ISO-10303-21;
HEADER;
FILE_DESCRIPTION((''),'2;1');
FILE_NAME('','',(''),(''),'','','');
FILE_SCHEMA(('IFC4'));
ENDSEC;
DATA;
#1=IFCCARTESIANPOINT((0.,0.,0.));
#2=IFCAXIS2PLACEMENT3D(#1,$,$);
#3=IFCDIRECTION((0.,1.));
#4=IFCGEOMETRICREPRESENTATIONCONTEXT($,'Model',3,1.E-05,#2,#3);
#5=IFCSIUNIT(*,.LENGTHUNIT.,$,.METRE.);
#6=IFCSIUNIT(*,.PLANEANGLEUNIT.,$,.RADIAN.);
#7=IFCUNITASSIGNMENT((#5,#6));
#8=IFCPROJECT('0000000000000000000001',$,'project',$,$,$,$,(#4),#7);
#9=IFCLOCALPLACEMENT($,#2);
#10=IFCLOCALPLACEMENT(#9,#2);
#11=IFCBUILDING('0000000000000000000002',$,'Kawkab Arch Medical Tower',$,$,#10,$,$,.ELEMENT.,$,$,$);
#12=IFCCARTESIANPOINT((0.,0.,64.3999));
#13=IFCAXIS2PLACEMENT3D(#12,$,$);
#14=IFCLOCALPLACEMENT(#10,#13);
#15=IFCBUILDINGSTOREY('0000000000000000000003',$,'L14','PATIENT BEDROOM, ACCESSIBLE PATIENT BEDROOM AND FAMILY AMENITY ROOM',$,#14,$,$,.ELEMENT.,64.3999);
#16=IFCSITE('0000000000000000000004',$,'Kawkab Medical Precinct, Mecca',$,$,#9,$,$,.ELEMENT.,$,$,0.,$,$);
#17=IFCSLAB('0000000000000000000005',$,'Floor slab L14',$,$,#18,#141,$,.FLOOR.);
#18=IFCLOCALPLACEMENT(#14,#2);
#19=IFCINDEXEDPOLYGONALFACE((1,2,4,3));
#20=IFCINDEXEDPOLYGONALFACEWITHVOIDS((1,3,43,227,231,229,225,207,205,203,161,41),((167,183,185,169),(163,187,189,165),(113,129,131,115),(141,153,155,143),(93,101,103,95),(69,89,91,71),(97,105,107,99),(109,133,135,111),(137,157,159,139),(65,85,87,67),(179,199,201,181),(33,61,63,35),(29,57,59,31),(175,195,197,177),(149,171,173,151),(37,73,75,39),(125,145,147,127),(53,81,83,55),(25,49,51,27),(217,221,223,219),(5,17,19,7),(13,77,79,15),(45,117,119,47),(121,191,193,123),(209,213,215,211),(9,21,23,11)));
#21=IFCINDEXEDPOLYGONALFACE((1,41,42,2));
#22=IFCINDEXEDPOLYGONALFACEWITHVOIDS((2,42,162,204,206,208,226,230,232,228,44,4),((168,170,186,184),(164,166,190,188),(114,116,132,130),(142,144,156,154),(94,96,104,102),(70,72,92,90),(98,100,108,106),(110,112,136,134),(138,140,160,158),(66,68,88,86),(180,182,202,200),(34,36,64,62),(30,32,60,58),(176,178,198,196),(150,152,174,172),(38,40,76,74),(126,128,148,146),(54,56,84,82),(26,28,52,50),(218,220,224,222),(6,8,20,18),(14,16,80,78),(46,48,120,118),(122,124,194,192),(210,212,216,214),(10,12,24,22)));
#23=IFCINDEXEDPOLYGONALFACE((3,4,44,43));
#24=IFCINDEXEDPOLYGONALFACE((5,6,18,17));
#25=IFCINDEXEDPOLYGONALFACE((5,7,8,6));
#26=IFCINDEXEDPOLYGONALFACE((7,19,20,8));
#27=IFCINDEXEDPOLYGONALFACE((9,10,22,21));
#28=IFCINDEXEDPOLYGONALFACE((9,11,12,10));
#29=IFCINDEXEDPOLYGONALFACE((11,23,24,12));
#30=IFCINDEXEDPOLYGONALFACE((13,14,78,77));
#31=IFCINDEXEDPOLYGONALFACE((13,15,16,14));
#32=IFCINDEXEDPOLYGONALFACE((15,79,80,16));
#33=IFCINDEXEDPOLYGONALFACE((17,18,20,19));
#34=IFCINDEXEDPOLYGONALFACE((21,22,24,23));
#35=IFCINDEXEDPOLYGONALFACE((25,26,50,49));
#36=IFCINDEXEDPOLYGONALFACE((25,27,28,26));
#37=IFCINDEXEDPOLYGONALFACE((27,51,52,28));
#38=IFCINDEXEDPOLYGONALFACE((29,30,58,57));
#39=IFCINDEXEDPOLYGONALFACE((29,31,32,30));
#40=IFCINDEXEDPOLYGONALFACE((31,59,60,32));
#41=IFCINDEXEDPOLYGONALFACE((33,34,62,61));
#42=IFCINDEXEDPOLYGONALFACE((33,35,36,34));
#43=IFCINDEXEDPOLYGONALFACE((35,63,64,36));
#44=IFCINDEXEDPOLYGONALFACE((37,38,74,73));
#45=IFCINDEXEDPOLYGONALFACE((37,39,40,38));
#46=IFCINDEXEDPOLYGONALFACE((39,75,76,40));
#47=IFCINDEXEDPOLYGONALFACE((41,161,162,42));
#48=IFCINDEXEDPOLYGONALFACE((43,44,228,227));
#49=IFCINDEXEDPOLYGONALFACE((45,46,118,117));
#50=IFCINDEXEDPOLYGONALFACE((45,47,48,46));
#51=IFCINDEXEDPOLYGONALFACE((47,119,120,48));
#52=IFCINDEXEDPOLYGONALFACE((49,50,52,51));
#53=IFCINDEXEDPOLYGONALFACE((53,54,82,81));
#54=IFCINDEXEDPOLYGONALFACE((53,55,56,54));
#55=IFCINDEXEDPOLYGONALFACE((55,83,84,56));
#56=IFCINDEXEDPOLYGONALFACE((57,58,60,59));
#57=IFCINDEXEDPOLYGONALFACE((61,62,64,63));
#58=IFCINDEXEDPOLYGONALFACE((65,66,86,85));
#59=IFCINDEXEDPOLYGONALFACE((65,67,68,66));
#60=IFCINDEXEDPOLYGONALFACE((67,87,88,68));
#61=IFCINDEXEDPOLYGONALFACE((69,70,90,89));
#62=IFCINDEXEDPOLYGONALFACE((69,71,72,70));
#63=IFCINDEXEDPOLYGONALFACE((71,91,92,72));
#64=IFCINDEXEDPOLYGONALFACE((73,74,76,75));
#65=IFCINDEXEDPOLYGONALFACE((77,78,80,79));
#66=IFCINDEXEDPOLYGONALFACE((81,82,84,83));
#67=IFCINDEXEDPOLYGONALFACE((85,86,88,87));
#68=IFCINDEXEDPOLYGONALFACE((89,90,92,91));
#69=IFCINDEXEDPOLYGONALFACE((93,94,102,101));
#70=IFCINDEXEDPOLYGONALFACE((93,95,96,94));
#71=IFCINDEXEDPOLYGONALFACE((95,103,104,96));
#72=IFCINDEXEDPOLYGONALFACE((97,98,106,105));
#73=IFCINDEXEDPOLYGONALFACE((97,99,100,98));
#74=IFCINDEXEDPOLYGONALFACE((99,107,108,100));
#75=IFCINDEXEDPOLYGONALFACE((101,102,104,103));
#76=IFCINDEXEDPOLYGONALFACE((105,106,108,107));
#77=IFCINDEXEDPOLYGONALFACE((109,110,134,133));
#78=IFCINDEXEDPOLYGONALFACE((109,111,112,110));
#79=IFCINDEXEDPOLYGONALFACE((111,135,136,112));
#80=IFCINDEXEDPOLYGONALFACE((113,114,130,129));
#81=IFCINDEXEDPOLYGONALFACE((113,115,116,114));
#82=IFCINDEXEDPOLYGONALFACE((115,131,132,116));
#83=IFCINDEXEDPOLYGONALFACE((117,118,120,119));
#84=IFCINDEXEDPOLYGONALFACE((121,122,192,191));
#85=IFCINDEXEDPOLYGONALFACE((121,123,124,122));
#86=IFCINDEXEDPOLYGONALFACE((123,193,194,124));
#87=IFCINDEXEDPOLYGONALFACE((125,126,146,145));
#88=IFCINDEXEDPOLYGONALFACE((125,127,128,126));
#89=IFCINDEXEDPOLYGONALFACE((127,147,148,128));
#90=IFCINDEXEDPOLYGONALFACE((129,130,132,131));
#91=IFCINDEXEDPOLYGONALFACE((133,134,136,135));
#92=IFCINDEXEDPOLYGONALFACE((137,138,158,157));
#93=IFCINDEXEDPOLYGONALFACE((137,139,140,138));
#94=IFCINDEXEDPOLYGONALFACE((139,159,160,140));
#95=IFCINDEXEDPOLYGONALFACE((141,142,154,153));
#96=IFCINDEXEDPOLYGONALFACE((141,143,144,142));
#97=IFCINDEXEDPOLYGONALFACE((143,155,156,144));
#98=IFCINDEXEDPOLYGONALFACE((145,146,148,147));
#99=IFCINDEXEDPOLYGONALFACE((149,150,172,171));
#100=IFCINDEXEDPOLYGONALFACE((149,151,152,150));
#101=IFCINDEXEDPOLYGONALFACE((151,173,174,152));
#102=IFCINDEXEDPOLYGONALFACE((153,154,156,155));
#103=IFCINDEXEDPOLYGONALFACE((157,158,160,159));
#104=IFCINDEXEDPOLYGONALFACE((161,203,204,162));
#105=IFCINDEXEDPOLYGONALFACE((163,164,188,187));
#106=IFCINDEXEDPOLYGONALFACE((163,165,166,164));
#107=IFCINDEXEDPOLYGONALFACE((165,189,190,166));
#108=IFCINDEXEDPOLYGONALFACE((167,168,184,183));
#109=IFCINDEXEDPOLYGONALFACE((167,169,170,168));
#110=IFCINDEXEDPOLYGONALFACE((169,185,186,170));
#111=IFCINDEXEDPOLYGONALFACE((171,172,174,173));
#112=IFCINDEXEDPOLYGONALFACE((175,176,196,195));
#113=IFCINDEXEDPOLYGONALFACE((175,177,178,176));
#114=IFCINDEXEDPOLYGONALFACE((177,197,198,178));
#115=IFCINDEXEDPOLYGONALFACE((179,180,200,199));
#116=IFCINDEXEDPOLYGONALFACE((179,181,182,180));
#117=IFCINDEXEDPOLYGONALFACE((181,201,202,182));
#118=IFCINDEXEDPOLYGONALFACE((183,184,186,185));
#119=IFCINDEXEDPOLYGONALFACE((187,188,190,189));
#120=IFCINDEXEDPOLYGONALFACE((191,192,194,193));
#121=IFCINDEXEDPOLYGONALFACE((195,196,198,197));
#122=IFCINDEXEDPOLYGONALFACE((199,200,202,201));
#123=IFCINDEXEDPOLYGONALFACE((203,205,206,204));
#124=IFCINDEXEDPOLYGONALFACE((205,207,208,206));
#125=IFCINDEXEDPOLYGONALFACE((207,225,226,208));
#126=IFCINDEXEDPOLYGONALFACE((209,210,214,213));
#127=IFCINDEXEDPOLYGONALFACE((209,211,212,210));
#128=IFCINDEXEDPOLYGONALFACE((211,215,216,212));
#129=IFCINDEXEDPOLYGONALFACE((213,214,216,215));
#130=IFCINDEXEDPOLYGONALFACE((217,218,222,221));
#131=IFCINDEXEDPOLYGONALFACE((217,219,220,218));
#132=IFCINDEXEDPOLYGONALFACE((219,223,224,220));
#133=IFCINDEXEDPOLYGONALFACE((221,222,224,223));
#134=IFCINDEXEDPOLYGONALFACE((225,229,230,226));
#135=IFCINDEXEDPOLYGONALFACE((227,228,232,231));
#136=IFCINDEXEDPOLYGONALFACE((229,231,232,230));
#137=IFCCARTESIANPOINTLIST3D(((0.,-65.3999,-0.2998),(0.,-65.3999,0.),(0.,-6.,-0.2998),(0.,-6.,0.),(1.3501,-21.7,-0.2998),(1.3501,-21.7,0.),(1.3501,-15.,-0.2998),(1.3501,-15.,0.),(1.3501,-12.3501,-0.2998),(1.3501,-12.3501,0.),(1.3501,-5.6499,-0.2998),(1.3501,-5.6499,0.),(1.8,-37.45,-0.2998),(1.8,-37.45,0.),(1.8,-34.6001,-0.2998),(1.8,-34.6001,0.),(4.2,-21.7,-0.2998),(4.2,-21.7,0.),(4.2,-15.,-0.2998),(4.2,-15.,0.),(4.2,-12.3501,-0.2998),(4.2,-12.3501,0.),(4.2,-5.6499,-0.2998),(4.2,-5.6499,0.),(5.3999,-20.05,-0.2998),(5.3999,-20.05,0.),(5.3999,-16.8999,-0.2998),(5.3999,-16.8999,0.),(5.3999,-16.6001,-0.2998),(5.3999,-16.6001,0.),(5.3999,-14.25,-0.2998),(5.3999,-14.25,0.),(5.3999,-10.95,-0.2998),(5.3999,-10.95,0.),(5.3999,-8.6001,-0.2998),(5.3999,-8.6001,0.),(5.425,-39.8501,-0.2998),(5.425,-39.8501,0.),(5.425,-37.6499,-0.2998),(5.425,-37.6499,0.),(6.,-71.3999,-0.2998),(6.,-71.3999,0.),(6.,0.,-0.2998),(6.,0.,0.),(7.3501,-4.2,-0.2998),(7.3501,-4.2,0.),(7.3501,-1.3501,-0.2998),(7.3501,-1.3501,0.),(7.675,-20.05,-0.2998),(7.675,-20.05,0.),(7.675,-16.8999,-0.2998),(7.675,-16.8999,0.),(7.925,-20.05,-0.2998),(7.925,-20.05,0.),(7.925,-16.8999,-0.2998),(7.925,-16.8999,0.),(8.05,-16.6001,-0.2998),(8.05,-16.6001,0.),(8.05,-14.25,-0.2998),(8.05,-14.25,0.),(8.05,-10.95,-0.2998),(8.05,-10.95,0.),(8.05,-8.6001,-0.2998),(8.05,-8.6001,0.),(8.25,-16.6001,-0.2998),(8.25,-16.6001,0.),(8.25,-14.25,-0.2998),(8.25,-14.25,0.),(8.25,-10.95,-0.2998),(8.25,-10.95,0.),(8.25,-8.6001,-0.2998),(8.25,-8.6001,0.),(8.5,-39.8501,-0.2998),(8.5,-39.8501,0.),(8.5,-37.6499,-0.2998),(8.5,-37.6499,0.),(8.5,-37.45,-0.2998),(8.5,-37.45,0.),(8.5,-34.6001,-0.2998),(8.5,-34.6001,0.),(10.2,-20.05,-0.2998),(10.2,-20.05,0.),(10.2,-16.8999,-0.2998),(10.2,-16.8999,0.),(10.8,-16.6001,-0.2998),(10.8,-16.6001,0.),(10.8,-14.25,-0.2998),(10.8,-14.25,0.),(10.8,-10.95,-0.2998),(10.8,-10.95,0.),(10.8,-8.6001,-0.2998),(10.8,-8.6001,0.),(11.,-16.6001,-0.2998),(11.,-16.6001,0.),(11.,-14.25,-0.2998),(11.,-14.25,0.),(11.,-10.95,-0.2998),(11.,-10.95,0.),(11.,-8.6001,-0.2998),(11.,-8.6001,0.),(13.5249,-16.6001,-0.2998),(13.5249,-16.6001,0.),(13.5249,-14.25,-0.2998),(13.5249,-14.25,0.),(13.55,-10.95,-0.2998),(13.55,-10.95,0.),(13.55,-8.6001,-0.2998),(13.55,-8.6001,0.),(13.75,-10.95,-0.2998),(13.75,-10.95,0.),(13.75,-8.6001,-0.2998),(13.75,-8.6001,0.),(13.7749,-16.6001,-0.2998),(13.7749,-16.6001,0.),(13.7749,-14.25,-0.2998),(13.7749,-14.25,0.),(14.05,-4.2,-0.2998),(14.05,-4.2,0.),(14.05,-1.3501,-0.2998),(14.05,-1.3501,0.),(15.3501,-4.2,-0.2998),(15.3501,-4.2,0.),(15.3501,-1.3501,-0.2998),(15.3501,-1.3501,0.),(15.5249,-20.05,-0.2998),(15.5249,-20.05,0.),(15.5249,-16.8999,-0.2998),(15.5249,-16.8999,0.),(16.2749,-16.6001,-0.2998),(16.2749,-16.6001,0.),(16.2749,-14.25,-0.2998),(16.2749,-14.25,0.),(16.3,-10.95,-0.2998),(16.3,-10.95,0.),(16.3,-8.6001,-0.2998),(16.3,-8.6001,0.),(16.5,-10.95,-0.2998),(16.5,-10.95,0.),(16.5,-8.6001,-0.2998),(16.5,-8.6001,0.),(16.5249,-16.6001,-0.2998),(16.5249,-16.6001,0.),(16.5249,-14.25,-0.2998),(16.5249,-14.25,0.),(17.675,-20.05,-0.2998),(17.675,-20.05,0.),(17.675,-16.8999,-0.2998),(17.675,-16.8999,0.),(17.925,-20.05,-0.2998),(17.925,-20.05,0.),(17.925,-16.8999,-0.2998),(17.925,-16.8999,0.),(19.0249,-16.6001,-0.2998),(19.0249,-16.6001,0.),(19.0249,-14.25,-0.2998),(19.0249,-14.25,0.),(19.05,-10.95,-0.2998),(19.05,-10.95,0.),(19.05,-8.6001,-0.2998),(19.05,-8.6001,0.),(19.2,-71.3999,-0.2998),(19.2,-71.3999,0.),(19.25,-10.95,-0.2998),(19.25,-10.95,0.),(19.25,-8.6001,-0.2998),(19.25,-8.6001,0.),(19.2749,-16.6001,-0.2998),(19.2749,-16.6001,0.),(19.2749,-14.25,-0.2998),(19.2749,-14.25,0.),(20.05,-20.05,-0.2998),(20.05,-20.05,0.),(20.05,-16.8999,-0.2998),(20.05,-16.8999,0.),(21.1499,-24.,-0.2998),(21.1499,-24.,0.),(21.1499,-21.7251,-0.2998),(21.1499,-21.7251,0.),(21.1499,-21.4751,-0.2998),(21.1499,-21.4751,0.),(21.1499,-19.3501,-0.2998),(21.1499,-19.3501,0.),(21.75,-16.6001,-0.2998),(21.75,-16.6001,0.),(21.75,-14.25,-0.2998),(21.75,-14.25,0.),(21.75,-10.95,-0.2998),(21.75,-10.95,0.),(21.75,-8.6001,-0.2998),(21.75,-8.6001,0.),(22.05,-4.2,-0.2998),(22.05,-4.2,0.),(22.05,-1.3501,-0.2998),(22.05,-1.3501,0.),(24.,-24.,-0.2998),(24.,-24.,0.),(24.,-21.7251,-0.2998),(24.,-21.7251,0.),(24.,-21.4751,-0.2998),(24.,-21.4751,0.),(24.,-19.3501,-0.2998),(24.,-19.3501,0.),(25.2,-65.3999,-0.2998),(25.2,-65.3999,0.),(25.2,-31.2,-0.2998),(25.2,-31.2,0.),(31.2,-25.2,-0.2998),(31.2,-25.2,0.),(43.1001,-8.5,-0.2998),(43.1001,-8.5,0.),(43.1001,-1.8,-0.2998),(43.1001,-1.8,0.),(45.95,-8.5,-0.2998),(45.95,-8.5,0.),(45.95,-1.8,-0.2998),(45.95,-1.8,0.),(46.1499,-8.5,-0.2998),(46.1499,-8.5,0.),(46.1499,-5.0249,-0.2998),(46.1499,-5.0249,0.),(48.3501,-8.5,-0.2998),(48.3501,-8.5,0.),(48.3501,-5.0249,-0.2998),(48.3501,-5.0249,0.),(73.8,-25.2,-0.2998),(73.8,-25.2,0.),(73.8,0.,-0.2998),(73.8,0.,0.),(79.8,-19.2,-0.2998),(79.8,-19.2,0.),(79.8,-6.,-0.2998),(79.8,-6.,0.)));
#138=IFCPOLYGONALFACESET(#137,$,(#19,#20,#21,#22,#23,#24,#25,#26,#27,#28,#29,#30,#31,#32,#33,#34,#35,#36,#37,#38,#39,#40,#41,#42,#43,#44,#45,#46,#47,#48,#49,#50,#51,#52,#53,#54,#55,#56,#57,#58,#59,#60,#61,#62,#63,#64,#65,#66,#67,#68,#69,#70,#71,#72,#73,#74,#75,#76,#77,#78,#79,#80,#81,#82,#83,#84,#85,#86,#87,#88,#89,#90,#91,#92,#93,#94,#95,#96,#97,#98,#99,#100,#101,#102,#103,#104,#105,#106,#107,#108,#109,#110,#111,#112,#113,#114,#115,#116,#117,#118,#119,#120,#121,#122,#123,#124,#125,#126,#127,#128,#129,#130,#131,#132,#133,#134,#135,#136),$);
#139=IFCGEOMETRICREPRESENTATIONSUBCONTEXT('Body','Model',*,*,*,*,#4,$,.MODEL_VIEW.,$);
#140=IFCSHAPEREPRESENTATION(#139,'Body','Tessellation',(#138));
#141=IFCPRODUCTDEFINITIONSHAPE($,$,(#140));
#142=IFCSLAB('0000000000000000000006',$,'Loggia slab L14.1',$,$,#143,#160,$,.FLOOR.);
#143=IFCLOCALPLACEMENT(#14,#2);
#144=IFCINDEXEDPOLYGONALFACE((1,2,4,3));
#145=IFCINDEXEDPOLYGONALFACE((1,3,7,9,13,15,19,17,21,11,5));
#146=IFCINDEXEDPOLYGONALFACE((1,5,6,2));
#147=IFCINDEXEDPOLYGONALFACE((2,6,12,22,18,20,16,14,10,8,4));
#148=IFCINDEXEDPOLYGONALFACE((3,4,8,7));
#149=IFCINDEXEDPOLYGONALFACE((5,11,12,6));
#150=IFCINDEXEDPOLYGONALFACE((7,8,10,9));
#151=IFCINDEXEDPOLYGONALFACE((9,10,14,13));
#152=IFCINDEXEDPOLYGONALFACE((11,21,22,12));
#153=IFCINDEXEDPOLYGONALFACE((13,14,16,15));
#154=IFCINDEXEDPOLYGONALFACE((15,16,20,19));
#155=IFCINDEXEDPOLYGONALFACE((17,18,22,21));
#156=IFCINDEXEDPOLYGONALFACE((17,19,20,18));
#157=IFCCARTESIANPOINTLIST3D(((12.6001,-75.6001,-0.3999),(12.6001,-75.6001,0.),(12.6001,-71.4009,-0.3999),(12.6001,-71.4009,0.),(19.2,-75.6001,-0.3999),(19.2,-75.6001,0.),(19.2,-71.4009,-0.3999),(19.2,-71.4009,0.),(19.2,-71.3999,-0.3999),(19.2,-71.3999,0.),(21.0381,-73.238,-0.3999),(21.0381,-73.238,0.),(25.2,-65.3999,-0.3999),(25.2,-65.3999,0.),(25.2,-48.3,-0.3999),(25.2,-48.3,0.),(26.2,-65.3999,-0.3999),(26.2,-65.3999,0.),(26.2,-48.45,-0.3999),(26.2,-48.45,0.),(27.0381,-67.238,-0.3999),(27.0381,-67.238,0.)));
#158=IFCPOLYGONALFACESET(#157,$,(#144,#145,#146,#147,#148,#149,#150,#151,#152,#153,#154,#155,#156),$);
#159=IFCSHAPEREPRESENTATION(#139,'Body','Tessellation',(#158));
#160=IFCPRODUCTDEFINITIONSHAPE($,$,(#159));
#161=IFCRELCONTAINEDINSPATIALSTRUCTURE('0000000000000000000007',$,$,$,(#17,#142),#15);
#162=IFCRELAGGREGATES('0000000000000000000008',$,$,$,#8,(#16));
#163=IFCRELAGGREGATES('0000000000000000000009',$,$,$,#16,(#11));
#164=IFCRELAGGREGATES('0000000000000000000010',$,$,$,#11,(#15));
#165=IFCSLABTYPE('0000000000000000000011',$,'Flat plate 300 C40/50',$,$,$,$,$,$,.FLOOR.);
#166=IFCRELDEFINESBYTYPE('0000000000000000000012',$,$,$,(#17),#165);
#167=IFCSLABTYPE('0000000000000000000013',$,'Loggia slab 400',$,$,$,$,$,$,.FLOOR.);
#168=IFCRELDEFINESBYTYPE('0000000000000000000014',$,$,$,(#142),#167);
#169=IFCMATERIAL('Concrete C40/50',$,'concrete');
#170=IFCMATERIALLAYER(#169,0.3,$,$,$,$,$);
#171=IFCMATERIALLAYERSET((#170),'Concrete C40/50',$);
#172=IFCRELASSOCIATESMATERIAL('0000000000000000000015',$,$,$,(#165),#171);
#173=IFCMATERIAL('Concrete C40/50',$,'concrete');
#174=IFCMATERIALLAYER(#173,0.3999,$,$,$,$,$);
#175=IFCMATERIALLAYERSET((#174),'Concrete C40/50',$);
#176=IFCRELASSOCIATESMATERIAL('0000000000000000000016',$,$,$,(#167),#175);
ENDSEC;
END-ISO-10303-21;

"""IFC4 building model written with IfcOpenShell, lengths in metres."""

from ifc_helpers import new_model, si_unit, direction, frame, origin, place, context, subcontext, project, spatial, polyline, outline, extrude, material, layer, layer_set, type_object, element, save


model = new_model("IFC4")

# Units and contexts
model_context = context("Model", 3, precision=1e-05, world=origin(), true_north=direction((0.0, 1.0)))
body_context = subcontext(model_context, "Body", "Model", "MODEL_VIEW")
ifc_project = project(units=[si_unit("LENGTHUNIT", "METRE"), si_unit("PLANEANGLEUNIT", "RADIAN")], contexts=[model_context])

# Site, building, storey
site_placement = place(None, origin())
site = spatial("IfcSite", under=ifc_project, at=site_placement, Name="Kawkab Medical Precinct, Mecca", CompositionType="ELEMENT", RefElevation=0.0)
building_placement = place(site_placement, origin())
building = spatial("IfcBuilding", under=site, at=building_placement, Name="Kawkab Arch Medical Tower", CompositionType="ELEMENT")
storey_placement = place(building_placement, frame((0.0, 0.0, 64.3999)))
storey = spatial("IfcBuildingStorey", under=building, at=storey_placement, Name="L14", Description="PATIENT BEDROOM, ACCESSIBLE PATIENT BEDROOM AND FAMILY AMENITY ROOM", CompositionType="ELEMENT", Elevation=64.3999)

# Slabs
ifc_material_1 = material(Name="Concrete C40/50", Category="concrete")
ifc_layer_1 = layer(ifc_material_1, 0.3)
ifc_layer_set_1 = layer_set([ifc_layer_1], Name="Concrete C40/50")
slab_type_1 = type_object("IfcSlabType", Name="Flat plate 300 C40/50", PredefinedType="FLOOR", material=ifc_layer_set_1)
slab_1_placement = place(storey_placement, frame((0.0, 0.0, -0.2998)))
element("IfcSlab", 1, at=slab_1_placement, inside=storey, type_object=slab_type_1, Name="Floor slab L14", PredefinedType="FLOOR", context=body_context, shape_type="SweptSolid", body=[
    extrude(outline(polyline([(6.0, 0.0), (73.8, 0.0), (79.8, -6.0), (79.8, -19.2), (73.8, -25.2), (31.2, -25.2), (25.2, -31.2), (25.2, -65.3999), (19.2, -71.3999), (6.0, -71.3999), (0.0, -65.3999), (0.0, -6.0), (6.0, 0.0)]), holes=[polyline([(5.425, -37.6499), (5.425, -39.8501), (8.5, -39.8501), (8.5, -37.6499), (5.425, -37.6499)]), polyline([(1.8, -37.45), (8.5, -37.45), (8.5, -34.6001), (1.8, -34.6001), (1.8, -37.45)]), polyline([(5.3999, -16.8999), (5.3999, -20.05), (7.675, -20.05), (7.675, -16.8999), (5.3999, -16.8999)]), polyline([(10.2, -16.8999), (7.925, -16.8999), (7.925, -20.05), (10.2, -20.05), (10.2, -16.8999)]), polyline([(4.2, -21.7), (4.2, -15.0), (1.3501, -15.0), (1.3501, -21.7), (4.2, -21.7)]), polyline([(5.3999, -14.25), (5.3999, -16.6001), (8.05, -16.6001), (8.05, -14.25), (5.3999, -14.25)]), polyline([(10.8, -14.25), (8.25, -14.25), (8.25, -16.6001), (10.8, -16.6001), (10.8, -14.25)]), polyline([(11.0, -14.25), (11.0, -16.6001), (13.5249, -16.6001), (13.5249, -14.25), (11.0, -14.25)]), polyline([(5.3999, -8.6001), (5.3999, -10.95), (8.05, -10.95), (8.05, -8.6001), (5.3999, -8.6001)]), polyline([(10.8, -8.6001), (8.25, -8.6001), (8.25, -10.95), (10.8, -10.95), (10.8, -8.6001)]), polyline([(11.0, -10.95), (13.55, -10.95), (13.55, -8.6001), (11.0, -8.6001), (11.0, -10.95)]), polyline([(4.2, -12.3501), (4.2, -5.6499), (1.3501, -5.6499), (1.3501, -12.3501), (4.2, -12.3501)]), polyline([(7.3501, -4.2), (14.05, -4.2), (14.05, -1.3501), (7.3501, -1.3501), (7.3501, -4.2)]), polyline([(24.0, -21.7251), (21.1499, -21.7251), (21.1499, -24.0), (24.0, -24.0), (24.0, -21.7251)]), polyline([(24.0, -21.4751), (24.0, -19.3501), (21.1499, -19.3501), (21.1499, -21.4751), (24.0, -21.4751)]), polyline([(15.5249, -16.8999), (15.5249, -20.05), (17.675, -20.05), (17.675, -16.8999), (15.5249, -16.8999)]), polyline([(17.925, -20.05), (20.05, -20.05), (20.05, -16.8999), (17.925, -16.8999), (17.925, -20.05)]), polyline([(16.2749, -14.25), (13.7749, -14.25), (13.7749, -16.6001), (16.2749, -16.6001), (16.2749, -14.25)]), polyline([(19.0249, -14.25), (16.5249, -14.25), (16.5249, -16.6001), (19.0249, -16.6001), (19.0249, -14.25)]), polyline([(19.2749, -16.6001), (21.75, -16.6001), (21.75, -14.25), (19.2749, -14.25), (19.2749, -16.6001)]), polyline([(13.75, -8.6001), (13.75, -10.95), (16.3, -10.95), (16.3, -8.6001), (13.75, -8.6001)]), polyline([(16.5, -8.6001), (16.5, -10.95), (19.05, -10.95), (19.05, -8.6001), (16.5, -8.6001)]), polyline([(19.25, -10.95), (21.75, -10.95), (21.75, -8.6001), (19.25, -8.6001), (19.25, -10.95)]), polyline([(46.1499, -5.0249), (46.1499, -8.5), (48.3501, -8.5), (48.3501, -5.0249), (46.1499, -5.0249)]), polyline([(43.1001, -1.8), (43.1001, -8.5), (45.95, -8.5), (45.95, -1.8), (43.1001, -1.8)]), polyline([(22.05, -1.3501), (15.3501, -1.3501), (15.3501, -4.2), (22.05, -4.2), (22.05, -1.3501)])]), origin(), (0.0, 0.0, 1.0), 0.2998),
])
ifc_material_2 = material(Name="Concrete C40/50", Category="concrete")
ifc_layer_2 = layer(ifc_material_2, 0.3999)
ifc_layer_set_2 = layer_set([ifc_layer_2], Name="Concrete C40/50")
slab_type_2 = type_object("IfcSlabType", Name="Loggia slab 400", PredefinedType="FLOOR", material=ifc_layer_set_2)
placement_1 = place(storey_placement, frame((0.0, 0.0, -0.3999)))
element("IfcSlab", 2, at=placement_1, inside=storey, type_object=slab_type_2, Name="Loggia slab L14.1", PredefinedType="FLOOR", context=body_context, shape_type="SweptSolid", body=[
    extrude(outline(polyline([(12.6001, -75.6001), (12.6001, -71.4009), (19.2, -71.4009), (19.2, -71.3999), (25.2, -65.3999), (25.2, -48.3), (26.2, -48.45), (26.2, -65.3999), (27.0381, -67.238), (21.0381, -73.238), (19.2, -75.6001), (12.6001, -75.6001)])), origin(), (0.0, 0.0, 1.0), 0.3999),
])

save(model, "model.ifc")
